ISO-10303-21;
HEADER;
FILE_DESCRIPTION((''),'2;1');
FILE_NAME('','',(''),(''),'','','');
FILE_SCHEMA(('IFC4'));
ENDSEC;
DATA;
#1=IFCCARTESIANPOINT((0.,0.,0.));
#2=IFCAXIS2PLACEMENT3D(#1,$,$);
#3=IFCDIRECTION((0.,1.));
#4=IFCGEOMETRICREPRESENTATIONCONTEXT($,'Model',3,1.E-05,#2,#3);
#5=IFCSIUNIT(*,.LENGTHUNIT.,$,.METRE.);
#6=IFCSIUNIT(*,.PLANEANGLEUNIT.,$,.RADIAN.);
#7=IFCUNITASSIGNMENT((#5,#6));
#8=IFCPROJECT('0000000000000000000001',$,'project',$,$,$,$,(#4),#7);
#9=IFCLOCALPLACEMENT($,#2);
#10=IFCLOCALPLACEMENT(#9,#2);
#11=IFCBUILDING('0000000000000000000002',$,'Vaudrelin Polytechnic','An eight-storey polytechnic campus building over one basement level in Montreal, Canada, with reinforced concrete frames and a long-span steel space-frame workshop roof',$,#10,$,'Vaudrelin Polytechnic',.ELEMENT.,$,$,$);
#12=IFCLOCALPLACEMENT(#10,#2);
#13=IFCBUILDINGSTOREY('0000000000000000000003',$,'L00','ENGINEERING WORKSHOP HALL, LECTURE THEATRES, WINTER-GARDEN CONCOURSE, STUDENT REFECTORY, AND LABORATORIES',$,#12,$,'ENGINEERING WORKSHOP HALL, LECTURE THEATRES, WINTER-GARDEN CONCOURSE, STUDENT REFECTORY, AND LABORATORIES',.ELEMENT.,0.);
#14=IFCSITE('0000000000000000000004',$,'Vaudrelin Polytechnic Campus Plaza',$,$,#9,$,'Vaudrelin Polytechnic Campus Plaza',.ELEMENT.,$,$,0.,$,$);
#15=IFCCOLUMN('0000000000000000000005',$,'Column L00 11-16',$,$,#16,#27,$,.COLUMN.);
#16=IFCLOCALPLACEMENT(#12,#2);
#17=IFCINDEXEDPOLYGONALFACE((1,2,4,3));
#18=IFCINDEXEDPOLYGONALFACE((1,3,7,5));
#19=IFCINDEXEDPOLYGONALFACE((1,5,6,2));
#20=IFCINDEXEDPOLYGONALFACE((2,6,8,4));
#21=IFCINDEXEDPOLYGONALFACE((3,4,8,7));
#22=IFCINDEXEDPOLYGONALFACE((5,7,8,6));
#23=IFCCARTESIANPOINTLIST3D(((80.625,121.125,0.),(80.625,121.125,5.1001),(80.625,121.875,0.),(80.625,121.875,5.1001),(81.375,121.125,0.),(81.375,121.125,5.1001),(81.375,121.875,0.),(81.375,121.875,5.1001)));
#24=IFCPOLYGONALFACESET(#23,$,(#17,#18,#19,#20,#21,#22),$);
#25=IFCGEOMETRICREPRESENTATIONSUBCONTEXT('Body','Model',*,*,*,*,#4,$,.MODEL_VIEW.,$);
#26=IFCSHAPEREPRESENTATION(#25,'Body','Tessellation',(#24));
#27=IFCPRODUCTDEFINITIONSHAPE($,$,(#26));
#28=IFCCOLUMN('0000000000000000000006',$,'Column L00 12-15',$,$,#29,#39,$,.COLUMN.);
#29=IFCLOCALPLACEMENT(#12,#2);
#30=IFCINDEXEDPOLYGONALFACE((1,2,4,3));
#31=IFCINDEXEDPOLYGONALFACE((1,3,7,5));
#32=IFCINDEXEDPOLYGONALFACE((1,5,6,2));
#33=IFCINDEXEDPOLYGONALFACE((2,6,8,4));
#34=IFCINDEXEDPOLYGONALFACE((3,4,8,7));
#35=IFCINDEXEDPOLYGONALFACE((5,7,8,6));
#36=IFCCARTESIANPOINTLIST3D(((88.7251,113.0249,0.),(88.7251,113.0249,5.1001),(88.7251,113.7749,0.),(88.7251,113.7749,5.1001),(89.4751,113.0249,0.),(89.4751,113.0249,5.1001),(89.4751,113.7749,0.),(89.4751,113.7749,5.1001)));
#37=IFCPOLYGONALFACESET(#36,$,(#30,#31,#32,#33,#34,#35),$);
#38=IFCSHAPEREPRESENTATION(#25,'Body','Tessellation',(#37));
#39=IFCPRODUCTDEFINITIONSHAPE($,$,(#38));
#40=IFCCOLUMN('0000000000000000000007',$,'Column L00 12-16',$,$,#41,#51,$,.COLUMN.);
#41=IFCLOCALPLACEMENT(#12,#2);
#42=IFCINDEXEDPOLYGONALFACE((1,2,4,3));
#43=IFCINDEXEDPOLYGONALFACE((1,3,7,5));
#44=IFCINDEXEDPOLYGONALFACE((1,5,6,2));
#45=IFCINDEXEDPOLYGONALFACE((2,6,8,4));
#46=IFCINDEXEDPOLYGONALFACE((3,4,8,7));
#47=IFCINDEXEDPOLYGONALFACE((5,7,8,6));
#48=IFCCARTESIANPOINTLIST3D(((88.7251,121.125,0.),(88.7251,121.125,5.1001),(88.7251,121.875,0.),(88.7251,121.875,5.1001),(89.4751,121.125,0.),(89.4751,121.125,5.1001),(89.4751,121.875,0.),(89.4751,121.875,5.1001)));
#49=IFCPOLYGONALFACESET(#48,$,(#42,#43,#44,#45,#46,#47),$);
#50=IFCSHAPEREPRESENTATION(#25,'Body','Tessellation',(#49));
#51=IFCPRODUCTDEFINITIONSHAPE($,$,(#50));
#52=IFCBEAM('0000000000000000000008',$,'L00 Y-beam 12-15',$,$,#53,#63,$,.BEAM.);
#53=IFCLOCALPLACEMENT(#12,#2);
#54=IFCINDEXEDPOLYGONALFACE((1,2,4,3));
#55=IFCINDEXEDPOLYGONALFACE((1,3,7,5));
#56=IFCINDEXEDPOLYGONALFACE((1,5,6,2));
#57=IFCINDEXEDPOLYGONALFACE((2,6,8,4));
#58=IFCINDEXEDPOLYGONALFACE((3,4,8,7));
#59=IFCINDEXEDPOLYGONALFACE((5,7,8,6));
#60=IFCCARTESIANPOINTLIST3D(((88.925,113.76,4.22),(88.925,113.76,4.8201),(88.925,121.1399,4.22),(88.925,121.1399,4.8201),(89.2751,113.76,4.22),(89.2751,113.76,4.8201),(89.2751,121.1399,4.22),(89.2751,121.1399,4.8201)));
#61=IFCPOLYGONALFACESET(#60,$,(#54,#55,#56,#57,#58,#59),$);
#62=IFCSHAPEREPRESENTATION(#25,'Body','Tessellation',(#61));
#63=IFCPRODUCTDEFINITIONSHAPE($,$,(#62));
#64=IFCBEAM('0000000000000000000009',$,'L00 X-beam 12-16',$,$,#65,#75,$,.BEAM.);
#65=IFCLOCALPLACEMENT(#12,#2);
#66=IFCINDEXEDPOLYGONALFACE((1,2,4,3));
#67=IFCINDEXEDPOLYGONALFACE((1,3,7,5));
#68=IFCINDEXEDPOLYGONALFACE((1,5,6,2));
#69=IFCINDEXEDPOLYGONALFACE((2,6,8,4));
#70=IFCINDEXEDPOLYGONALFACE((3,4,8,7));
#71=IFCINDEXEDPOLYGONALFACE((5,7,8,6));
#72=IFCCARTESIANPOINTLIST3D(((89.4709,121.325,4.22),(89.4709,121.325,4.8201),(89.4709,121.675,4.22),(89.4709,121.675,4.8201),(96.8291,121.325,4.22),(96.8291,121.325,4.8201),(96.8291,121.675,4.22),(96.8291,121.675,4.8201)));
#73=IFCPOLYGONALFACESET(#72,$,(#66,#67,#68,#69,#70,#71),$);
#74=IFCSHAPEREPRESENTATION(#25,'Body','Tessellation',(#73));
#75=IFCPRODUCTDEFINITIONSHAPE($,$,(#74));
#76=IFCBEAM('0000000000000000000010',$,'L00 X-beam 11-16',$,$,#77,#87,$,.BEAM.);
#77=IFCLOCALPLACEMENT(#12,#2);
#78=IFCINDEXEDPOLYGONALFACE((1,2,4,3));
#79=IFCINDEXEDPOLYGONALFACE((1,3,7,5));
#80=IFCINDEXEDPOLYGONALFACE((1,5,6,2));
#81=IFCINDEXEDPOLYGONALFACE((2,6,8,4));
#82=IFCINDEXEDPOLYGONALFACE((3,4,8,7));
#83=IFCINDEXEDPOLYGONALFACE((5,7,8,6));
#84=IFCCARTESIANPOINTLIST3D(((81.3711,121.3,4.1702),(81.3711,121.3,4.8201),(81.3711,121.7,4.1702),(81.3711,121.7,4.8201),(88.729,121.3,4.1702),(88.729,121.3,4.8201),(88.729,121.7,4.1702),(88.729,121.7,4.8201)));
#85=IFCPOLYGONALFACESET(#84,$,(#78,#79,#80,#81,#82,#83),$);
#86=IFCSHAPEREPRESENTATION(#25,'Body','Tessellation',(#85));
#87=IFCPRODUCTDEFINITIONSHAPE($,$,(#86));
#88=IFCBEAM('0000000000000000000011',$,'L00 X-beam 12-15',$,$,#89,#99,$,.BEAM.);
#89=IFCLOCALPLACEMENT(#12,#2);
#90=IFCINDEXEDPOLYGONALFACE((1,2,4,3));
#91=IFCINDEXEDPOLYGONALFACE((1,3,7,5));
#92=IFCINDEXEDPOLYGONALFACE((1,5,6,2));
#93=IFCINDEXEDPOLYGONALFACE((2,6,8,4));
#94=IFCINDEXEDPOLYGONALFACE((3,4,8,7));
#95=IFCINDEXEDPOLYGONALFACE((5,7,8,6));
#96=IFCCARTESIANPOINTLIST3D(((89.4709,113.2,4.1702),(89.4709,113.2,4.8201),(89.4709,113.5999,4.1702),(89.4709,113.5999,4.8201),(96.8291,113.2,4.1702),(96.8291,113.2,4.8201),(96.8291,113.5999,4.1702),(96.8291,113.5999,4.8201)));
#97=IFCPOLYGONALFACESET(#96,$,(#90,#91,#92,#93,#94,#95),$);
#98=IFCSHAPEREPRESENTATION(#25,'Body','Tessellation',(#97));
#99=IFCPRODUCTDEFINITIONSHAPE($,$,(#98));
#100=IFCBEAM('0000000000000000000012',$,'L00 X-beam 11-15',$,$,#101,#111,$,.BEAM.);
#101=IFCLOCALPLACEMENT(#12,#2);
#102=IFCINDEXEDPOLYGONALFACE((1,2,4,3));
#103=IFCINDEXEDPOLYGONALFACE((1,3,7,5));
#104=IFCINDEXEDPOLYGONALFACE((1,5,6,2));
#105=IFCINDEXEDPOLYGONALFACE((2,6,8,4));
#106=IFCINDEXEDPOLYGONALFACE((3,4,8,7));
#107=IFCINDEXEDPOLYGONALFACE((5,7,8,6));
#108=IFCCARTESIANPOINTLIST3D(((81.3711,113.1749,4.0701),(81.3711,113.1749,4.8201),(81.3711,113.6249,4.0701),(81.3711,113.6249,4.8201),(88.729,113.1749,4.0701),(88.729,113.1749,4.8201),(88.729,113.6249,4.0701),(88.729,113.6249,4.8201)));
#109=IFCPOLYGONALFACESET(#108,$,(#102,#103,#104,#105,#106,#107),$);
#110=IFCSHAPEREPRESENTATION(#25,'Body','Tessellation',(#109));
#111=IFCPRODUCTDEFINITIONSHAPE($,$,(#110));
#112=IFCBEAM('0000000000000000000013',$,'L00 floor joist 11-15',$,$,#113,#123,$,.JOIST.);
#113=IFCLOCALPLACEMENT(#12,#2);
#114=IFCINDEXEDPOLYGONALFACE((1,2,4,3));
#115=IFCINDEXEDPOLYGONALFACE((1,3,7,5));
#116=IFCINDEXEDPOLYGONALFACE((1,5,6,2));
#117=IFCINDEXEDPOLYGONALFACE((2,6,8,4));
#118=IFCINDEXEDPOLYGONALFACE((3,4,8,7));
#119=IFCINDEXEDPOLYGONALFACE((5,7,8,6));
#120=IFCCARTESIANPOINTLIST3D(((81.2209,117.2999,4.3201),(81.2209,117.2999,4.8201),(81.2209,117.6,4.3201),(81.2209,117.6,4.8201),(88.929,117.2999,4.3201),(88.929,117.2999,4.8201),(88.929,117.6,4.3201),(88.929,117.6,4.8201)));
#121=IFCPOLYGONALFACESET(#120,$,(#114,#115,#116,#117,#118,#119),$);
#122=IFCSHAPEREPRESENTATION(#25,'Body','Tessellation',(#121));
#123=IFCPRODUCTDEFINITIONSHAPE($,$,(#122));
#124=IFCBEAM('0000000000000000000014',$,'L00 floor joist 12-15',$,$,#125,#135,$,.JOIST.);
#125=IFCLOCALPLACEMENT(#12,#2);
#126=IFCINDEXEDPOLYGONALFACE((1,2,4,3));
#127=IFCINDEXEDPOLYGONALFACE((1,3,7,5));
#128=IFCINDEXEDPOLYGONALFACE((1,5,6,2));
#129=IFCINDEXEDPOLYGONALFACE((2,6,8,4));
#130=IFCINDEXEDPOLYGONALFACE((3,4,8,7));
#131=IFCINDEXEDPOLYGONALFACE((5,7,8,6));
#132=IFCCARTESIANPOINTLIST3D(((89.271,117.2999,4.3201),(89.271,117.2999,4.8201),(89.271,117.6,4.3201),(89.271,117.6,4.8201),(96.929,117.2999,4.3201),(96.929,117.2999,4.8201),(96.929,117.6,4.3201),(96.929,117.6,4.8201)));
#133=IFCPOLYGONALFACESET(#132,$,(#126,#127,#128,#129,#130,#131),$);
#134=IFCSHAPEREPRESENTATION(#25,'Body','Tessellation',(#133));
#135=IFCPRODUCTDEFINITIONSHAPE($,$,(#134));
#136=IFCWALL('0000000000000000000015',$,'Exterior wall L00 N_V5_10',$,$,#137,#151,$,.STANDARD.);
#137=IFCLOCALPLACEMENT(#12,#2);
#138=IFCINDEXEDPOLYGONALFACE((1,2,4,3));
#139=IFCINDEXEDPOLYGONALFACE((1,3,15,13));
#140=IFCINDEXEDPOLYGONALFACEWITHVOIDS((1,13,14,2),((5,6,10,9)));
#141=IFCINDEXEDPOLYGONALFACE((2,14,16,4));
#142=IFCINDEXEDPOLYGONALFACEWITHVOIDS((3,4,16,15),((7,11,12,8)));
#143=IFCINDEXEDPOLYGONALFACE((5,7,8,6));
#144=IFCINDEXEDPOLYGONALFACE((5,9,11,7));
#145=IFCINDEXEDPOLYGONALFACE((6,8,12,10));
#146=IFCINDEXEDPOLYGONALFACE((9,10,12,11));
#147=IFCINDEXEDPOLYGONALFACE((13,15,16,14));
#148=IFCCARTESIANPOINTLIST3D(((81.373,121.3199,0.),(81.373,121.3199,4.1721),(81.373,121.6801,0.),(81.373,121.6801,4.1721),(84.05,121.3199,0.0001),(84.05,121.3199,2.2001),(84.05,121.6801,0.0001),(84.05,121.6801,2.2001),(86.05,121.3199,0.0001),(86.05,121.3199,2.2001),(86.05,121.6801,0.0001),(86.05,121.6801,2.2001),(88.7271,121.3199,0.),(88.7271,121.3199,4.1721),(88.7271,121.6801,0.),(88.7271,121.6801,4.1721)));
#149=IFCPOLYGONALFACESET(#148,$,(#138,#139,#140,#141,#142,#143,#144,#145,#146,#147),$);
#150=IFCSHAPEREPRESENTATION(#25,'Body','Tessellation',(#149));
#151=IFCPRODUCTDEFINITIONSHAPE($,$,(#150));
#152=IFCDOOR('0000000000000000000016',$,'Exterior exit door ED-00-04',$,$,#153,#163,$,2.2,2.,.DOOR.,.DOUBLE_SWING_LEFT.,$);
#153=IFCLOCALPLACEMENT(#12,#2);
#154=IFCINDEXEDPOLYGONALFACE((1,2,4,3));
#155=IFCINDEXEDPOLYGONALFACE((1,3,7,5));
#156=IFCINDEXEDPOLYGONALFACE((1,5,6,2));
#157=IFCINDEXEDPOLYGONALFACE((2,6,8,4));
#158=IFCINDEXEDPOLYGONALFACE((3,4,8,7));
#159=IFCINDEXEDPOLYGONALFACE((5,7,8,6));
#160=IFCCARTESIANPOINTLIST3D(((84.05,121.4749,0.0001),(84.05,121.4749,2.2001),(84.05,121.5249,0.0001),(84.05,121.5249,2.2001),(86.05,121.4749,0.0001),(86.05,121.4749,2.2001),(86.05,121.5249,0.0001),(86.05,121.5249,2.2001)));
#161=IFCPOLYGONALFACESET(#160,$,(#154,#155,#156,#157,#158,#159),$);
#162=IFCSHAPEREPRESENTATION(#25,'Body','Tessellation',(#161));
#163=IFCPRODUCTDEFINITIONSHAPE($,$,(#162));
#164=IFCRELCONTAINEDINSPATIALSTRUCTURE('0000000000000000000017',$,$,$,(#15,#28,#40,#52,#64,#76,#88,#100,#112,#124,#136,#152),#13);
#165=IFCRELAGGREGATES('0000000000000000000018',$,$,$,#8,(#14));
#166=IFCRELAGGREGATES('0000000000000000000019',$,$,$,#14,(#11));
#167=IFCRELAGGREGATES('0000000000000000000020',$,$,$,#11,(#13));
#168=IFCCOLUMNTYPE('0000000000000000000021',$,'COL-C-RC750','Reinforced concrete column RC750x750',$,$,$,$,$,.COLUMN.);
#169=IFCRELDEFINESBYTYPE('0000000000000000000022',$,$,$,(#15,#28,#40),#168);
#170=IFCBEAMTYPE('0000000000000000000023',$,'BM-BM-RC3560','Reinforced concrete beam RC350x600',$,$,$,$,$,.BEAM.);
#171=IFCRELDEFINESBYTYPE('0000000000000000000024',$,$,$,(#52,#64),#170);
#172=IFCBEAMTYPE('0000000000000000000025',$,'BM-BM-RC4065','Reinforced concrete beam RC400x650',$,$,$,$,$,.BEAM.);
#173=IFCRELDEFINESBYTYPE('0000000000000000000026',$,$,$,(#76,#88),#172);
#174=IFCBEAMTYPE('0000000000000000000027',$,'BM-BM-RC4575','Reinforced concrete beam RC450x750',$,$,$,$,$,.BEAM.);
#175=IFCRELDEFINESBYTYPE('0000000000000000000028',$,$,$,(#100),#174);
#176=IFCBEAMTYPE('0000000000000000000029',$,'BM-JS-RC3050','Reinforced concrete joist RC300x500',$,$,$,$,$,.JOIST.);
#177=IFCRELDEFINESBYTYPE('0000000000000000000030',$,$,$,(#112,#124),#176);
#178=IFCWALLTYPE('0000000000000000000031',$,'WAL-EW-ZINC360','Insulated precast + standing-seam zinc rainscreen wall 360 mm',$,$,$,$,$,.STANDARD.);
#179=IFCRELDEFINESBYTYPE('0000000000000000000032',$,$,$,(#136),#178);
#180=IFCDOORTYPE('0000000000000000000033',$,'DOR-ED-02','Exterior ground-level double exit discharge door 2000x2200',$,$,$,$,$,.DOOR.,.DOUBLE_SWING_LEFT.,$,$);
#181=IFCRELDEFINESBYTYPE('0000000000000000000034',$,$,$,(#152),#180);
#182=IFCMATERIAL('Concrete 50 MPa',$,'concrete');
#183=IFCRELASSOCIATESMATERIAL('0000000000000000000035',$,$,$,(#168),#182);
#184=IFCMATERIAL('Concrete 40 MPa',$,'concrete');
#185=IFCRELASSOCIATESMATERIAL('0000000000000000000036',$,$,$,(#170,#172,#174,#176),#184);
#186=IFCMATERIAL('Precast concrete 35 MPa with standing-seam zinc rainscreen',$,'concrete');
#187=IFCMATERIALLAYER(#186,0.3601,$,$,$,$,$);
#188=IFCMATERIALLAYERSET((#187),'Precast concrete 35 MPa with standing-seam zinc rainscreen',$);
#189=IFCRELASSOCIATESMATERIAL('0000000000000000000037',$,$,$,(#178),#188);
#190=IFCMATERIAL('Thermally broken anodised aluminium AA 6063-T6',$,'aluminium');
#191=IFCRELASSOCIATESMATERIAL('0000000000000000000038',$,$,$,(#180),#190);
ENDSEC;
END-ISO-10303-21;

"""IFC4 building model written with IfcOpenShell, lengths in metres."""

from ifc_helpers import new_model, si_unit, direction, frame, frame_2d, origin, origin_2d, place, context, subcontext, project, spatial, rectangle, extrude, material, layer, layer_set, material_profile, profile_set, type_object, element, fill, save


model = new_model("IFC4")

# Units and contexts
model_context = context("Model", 3, precision=1e-05, world=origin(), true_north=direction((0.0, 1.0)))
body_context = subcontext(model_context, "Body", "Model", "MODEL_VIEW")
ifc_project = project(units=[si_unit("LENGTHUNIT", "METRE"), si_unit("PLANEANGLEUNIT", "RADIAN")], contexts=[model_context])

# Site, building, storey
site_placement = place(None, origin())
site = spatial("IfcSite", under=ifc_project, at=site_placement, Name="Vaudrelin Polytechnic Campus Plaza", LongName="Vaudrelin Polytechnic Campus Plaza", CompositionType="ELEMENT", RefElevation=0.0)
building_placement = place(site_placement, origin())
building = spatial("IfcBuilding", under=site, at=building_placement, Name="Vaudrelin Polytechnic", Description="An eight-storey polytechnic campus building over one basement level in Montreal, Canada, with reinforced concrete frames and a long-span steel space-frame workshop roof", LongName="Vaudrelin Polytechnic", CompositionType="ELEMENT")
storey_placement = place(building_placement, origin())
storey = spatial("IfcBuildingStorey", under=building, at=storey_placement, Name="L00", Description="ENGINEERING WORKSHOP HALL, LECTURE THEATRES, WINTER-GARDEN CONCOURSE, STUDENT REFECTORY, AND LABORATORIES", LongName="ENGINEERING WORKSHOP HALL, LECTURE THEATRES, WINTER-GARDEN CONCOURSE, STUDENT REFECTORY, AND LABORATORIES", CompositionType="ELEMENT", Elevation=0.0)

# Columns
ifc_material_1 = material(Name="Concrete 50 MPa", Category="concrete")
ifc_material_profile_1 = material_profile(ifc_material_1, rectangle(XDim=0.75, YDim=0.75, at=origin_2d()), Name="RC750x750")
ifc_profile_set_1 = profile_set([ifc_material_profile_1], Name="Concrete 50 MPa")
column_type = type_object("IfcColumnType", Name="COL-C-RC750", Description="Reinforced concrete column RC750x750", PredefinedType="COLUMN", material=ifc_profile_set_1)
for number, where, z_axis, x_axis, name in (
    (1, (81.0, 121.5, 0.0), (0.0, 0.0, 1.0), (1.0, 0.0, 0.0), "Column L00 11-16"),
    (2, (89.1001, 113.3999, 0.0), (0.0, 0.0, 1.0), (1.0, 0.0, 0.0), "Column L00 12-15"),
    (3, (89.1001, 121.5, 0.0), (0.0, 0.0, 1.0), (1.0, 0.0, 0.0), "Column L00 12-16"),
):
    element("IfcColumn", number, at=place(storey_placement, frame(where, z_axis=z_axis, x_axis=x_axis)), inside=storey, type_object=column_type, Name=name, PredefinedType="COLUMN", context=body_context, shape_type="SweptSolid", body=[
        extrude(rectangle(XDim=0.75, YDim=0.75, at=origin_2d()), origin(), (0.0, 0.0, 1.0), 5.1001),
    ])

# Beams
ifc_material_2 = material(Name="Concrete 40 MPa", Category="concrete")
ifc_material_profile_2 = material_profile(ifc_material_2, rectangle(XDim=0.3501, YDim=0.6001, at=origin_2d()), Name="RC350x600")
ifc_profile_set_2 = profile_set([ifc_material_profile_2], Name="Concrete 40 MPa")
beam_type_1 = type_object("IfcBeamType", Name="BM-BM-RC3560", Description="Reinforced concrete beam RC350x600", PredefinedType="BEAM", material=ifc_profile_set_2)
beam_1_placement = place(storey_placement, frame((89.1001, 113.76, 4.52), z_axis=(0.0, 1.0, 0.0), x_axis=(-1.0, 0.0, 0.0)))
element("IfcBeam", 4, at=beam_1_placement, inside=storey, type_object=beam_type_1, Name="L00 Y-beam 12-15", PredefinedType="BEAM", context=body_context, shape_type="SweptSolid", body=[
    extrude(rectangle(XDim=0.3501, YDim=0.6001, at=origin_2d()), origin(), (0.0, 0.0, 1.0), 7.3799),
])
beam_2_placement = place(storey_placement, frame((89.4709, 121.5, 4.52), z_axis=(1.0, 0.0, 0.0), x_axis=(0.0, 1.0, 0.0)))
element("IfcBeam", 5, at=beam_2_placement, inside=storey, type_object=beam_type_1, Name="L00 X-beam 12-16", PredefinedType="BEAM", context=body_context, shape_type="SweptSolid", body=[
    extrude(rectangle(XDim=0.3501, YDim=0.6001, at=origin_2d()), origin(), (0.0, 0.0, 1.0), 7.3582),
])
ifc_material_profile_3 = material_profile(ifc_material_2, rectangle(XDim=0.3999, YDim=0.6499, at=origin_2d()), Name="RC400x650")
ifc_profile_set_3 = profile_set([ifc_material_profile_3], Name="Concrete 40 MPa")
beam_type_2 = type_object("IfcBeamType", Name="BM-BM-RC4065", Description="Reinforced concrete beam RC400x650", PredefinedType="BEAM", material=ifc_profile_set_3)
beam_3_placement = place(storey_placement, frame((81.3711, 121.5, 4.4951), z_axis=(1.0, 0.0, 0.0), x_axis=(0.0, 1.0, 0.0)))
element("IfcBeam", 6, at=beam_3_placement, inside=storey, type_object=beam_type_2, Name="L00 X-beam 11-16", PredefinedType="BEAM", context=body_context, shape_type="SweptSolid", body=[
    extrude(rectangle(XDim=0.3999, YDim=0.6499, at=origin_2d()), origin(), (0.0, 0.0, 1.0), 7.3579),
])
beam_4_placement = place(storey_placement, frame((89.4709, 113.3999, 4.4951), z_axis=(1.0, 0.0, 0.0), x_axis=(0.0, 1.0, 0.0)))
element("IfcBeam", 7, at=beam_4_placement, inside=storey, type_object=beam_type_2, Name="L00 X-beam 12-15", PredefinedType="BEAM", context=body_context, shape_type="SweptSolid", body=[
    extrude(rectangle(XDim=0.3999, YDim=0.6499, at=origin_2d()), origin(), (0.0, 0.0, 1.0), 7.3582),
])
ifc_material_profile_4 = material_profile(ifc_material_2, rectangle(XDim=0.45, YDim=0.75, at=origin_2d()), Name="RC450x750")
ifc_profile_set_4 = profile_set([ifc_material_profile_4], Name="Concrete 40 MPa")
beam_type_3 = type_object("IfcBeamType", Name="BM-BM-RC4575", Description="Reinforced concrete beam RC450x750", PredefinedType="BEAM", material=ifc_profile_set_4)
beam_5_placement = place(storey_placement, frame((81.3711, 113.3999, 4.4451), z_axis=(1.0, 0.0, 0.0), x_axis=(0.0, 1.0, 0.0)))
element("IfcBeam", 8, at=beam_5_placement, inside=storey, type_object=beam_type_3, Name="L00 X-beam 11-15", PredefinedType="BEAM", context=body_context, shape_type="SweptSolid", body=[
    extrude(rectangle(XDim=0.45, YDim=0.75, at=origin_2d()), origin(), (0.0, 0.0, 1.0), 7.3579),
])
ifc_material_profile_5 = material_profile(ifc_material_2, rectangle(XDim=0.3, YDim=0.5, at=origin_2d()), Name="RC300x500")
ifc_profile_set_5 = profile_set([ifc_material_profile_5], Name="Concrete 40 MPa")
beam_type_4 = type_object("IfcBeamType", Name="BM-JS-RC3050", Description="Reinforced concrete joist RC300x500", PredefinedType="JOIST", material=ifc_profile_set_5)
beam_6_placement = place(storey_placement, frame((81.2209, 117.45, 4.5701), z_axis=(1.0, 0.0, 0.0), x_axis=(0.0, 1.0, 0.0)))
element("IfcBeam", 9, at=beam_6_placement, inside=storey, type_object=beam_type_4, Name="L00 floor joist 11-15", PredefinedType="JOIST", context=body_context, shape_type="SweptSolid", body=[
    extrude(rectangle(XDim=0.3, YDim=0.5, at=origin_2d()), origin(), (0.0, 0.0, 1.0), 7.708),
])
beam_7_placement = place(storey_placement, frame((89.271, 117.45, 4.5701), z_axis=(1.0, 0.0, 0.0), x_axis=(0.0, 1.0, 0.0)))
element("IfcBeam", 10, at=beam_7_placement, inside=storey, type_object=beam_type_4, Name="L00 floor joist 12-15", PredefinedType="JOIST", context=body_context, shape_type="SweptSolid", body=[
    extrude(rectangle(XDim=0.3, YDim=0.5, at=origin_2d()), origin(), (0.0, 0.0, 1.0), 7.658),
])

# Wall, opening, door
ifc_material_3 = material(Name="Precast concrete 35 MPa with standing-seam zinc rainscreen", Category="concrete")
ifc_layer_1 = layer(ifc_material_3, 0.3601)
ifc_layer_set_1 = layer_set([ifc_layer_1], Name="Precast concrete 35 MPa with standing-seam zinc rainscreen")
wall_type_1 = type_object("IfcWallType", Name="WAL-EW-ZINC360", Description="Insulated precast + standing-seam zinc rainscreen wall 360 mm", PredefinedType="STANDARD", material=ifc_layer_set_1)
wall_1_placement = place(storey_placement, frame((81.373, 121.5, 0.0), z_axis=(0.0, 0.0, 1.0), x_axis=(1.0, 0.0, 0.0)))
wall_1 = element("IfcWall", 11, at=wall_1_placement, inside=storey, type_object=wall_type_1, Name="Exterior wall L00 N_V5_10", PredefinedType="STANDARD", context=body_context, shape_type="SweptSolid", body=[
    extrude(rectangle(XDim=7.354, YDim=0.3601, at=frame_2d((3.677, 0.0))), origin(), (0.0, 0.0, 1.0), 4.1721),
])
opening_1_placement = place(wall_1_placement, frame((2.677, 0.0, 0.0)))
opening_1 = element("IfcOpeningElement", 12, at=opening_1_placement, cuts=wall_1, PredefinedType="OPENING", context=body_context, shape_type="SweptSolid", body=[
    extrude(rectangle(XDim=2.0, YDim=2.2, at=frame_2d((1.0, 1.1001))), frame((0.0, 0.1899, 0.0), z_axis=(0.0, -1.0, 0.0), x_axis=(1.0, 0.0, 0.0)), (0.0, 0.0, 1.0), 0.3801),
])
ifc_material_4 = material(Name="Thermally broken anodised aluminium AA 6063-T6", Category="aluminium")
door_type_1 = type_object("IfcDoorType", Name="DOR-ED-02", Description="Exterior ground-level double exit discharge door 2000x2200", OperationType="DOUBLE_SWING_LEFT", PredefinedType="DOOR", material=ifc_material_4)
door_1_placement = place(opening_1_placement, origin())
door_1 = element("IfcDoor", 13, at=door_1_placement, inside=storey, type_object=door_type_1, Name="Exterior exit door ED-00-04", OperationType="DOUBLE_SWING_LEFT", OverallHeight=2.2, OverallWidth=2.0, PredefinedType="DOOR", context=body_context, shape_type="SweptSolid", body=[
    extrude(rectangle(XDim=2.0, YDim=2.2, at=frame_2d((1.0, 1.1001))), frame((0.0, 0.0249, 0.0), z_axis=(0.0, -1.0, 0.0), x_axis=(1.0, 0.0, 0.0)), (0.0, 0.0, 1.0), 0.05),
])
fill(opening_1, door_1)

save(model, "model.ifc")
